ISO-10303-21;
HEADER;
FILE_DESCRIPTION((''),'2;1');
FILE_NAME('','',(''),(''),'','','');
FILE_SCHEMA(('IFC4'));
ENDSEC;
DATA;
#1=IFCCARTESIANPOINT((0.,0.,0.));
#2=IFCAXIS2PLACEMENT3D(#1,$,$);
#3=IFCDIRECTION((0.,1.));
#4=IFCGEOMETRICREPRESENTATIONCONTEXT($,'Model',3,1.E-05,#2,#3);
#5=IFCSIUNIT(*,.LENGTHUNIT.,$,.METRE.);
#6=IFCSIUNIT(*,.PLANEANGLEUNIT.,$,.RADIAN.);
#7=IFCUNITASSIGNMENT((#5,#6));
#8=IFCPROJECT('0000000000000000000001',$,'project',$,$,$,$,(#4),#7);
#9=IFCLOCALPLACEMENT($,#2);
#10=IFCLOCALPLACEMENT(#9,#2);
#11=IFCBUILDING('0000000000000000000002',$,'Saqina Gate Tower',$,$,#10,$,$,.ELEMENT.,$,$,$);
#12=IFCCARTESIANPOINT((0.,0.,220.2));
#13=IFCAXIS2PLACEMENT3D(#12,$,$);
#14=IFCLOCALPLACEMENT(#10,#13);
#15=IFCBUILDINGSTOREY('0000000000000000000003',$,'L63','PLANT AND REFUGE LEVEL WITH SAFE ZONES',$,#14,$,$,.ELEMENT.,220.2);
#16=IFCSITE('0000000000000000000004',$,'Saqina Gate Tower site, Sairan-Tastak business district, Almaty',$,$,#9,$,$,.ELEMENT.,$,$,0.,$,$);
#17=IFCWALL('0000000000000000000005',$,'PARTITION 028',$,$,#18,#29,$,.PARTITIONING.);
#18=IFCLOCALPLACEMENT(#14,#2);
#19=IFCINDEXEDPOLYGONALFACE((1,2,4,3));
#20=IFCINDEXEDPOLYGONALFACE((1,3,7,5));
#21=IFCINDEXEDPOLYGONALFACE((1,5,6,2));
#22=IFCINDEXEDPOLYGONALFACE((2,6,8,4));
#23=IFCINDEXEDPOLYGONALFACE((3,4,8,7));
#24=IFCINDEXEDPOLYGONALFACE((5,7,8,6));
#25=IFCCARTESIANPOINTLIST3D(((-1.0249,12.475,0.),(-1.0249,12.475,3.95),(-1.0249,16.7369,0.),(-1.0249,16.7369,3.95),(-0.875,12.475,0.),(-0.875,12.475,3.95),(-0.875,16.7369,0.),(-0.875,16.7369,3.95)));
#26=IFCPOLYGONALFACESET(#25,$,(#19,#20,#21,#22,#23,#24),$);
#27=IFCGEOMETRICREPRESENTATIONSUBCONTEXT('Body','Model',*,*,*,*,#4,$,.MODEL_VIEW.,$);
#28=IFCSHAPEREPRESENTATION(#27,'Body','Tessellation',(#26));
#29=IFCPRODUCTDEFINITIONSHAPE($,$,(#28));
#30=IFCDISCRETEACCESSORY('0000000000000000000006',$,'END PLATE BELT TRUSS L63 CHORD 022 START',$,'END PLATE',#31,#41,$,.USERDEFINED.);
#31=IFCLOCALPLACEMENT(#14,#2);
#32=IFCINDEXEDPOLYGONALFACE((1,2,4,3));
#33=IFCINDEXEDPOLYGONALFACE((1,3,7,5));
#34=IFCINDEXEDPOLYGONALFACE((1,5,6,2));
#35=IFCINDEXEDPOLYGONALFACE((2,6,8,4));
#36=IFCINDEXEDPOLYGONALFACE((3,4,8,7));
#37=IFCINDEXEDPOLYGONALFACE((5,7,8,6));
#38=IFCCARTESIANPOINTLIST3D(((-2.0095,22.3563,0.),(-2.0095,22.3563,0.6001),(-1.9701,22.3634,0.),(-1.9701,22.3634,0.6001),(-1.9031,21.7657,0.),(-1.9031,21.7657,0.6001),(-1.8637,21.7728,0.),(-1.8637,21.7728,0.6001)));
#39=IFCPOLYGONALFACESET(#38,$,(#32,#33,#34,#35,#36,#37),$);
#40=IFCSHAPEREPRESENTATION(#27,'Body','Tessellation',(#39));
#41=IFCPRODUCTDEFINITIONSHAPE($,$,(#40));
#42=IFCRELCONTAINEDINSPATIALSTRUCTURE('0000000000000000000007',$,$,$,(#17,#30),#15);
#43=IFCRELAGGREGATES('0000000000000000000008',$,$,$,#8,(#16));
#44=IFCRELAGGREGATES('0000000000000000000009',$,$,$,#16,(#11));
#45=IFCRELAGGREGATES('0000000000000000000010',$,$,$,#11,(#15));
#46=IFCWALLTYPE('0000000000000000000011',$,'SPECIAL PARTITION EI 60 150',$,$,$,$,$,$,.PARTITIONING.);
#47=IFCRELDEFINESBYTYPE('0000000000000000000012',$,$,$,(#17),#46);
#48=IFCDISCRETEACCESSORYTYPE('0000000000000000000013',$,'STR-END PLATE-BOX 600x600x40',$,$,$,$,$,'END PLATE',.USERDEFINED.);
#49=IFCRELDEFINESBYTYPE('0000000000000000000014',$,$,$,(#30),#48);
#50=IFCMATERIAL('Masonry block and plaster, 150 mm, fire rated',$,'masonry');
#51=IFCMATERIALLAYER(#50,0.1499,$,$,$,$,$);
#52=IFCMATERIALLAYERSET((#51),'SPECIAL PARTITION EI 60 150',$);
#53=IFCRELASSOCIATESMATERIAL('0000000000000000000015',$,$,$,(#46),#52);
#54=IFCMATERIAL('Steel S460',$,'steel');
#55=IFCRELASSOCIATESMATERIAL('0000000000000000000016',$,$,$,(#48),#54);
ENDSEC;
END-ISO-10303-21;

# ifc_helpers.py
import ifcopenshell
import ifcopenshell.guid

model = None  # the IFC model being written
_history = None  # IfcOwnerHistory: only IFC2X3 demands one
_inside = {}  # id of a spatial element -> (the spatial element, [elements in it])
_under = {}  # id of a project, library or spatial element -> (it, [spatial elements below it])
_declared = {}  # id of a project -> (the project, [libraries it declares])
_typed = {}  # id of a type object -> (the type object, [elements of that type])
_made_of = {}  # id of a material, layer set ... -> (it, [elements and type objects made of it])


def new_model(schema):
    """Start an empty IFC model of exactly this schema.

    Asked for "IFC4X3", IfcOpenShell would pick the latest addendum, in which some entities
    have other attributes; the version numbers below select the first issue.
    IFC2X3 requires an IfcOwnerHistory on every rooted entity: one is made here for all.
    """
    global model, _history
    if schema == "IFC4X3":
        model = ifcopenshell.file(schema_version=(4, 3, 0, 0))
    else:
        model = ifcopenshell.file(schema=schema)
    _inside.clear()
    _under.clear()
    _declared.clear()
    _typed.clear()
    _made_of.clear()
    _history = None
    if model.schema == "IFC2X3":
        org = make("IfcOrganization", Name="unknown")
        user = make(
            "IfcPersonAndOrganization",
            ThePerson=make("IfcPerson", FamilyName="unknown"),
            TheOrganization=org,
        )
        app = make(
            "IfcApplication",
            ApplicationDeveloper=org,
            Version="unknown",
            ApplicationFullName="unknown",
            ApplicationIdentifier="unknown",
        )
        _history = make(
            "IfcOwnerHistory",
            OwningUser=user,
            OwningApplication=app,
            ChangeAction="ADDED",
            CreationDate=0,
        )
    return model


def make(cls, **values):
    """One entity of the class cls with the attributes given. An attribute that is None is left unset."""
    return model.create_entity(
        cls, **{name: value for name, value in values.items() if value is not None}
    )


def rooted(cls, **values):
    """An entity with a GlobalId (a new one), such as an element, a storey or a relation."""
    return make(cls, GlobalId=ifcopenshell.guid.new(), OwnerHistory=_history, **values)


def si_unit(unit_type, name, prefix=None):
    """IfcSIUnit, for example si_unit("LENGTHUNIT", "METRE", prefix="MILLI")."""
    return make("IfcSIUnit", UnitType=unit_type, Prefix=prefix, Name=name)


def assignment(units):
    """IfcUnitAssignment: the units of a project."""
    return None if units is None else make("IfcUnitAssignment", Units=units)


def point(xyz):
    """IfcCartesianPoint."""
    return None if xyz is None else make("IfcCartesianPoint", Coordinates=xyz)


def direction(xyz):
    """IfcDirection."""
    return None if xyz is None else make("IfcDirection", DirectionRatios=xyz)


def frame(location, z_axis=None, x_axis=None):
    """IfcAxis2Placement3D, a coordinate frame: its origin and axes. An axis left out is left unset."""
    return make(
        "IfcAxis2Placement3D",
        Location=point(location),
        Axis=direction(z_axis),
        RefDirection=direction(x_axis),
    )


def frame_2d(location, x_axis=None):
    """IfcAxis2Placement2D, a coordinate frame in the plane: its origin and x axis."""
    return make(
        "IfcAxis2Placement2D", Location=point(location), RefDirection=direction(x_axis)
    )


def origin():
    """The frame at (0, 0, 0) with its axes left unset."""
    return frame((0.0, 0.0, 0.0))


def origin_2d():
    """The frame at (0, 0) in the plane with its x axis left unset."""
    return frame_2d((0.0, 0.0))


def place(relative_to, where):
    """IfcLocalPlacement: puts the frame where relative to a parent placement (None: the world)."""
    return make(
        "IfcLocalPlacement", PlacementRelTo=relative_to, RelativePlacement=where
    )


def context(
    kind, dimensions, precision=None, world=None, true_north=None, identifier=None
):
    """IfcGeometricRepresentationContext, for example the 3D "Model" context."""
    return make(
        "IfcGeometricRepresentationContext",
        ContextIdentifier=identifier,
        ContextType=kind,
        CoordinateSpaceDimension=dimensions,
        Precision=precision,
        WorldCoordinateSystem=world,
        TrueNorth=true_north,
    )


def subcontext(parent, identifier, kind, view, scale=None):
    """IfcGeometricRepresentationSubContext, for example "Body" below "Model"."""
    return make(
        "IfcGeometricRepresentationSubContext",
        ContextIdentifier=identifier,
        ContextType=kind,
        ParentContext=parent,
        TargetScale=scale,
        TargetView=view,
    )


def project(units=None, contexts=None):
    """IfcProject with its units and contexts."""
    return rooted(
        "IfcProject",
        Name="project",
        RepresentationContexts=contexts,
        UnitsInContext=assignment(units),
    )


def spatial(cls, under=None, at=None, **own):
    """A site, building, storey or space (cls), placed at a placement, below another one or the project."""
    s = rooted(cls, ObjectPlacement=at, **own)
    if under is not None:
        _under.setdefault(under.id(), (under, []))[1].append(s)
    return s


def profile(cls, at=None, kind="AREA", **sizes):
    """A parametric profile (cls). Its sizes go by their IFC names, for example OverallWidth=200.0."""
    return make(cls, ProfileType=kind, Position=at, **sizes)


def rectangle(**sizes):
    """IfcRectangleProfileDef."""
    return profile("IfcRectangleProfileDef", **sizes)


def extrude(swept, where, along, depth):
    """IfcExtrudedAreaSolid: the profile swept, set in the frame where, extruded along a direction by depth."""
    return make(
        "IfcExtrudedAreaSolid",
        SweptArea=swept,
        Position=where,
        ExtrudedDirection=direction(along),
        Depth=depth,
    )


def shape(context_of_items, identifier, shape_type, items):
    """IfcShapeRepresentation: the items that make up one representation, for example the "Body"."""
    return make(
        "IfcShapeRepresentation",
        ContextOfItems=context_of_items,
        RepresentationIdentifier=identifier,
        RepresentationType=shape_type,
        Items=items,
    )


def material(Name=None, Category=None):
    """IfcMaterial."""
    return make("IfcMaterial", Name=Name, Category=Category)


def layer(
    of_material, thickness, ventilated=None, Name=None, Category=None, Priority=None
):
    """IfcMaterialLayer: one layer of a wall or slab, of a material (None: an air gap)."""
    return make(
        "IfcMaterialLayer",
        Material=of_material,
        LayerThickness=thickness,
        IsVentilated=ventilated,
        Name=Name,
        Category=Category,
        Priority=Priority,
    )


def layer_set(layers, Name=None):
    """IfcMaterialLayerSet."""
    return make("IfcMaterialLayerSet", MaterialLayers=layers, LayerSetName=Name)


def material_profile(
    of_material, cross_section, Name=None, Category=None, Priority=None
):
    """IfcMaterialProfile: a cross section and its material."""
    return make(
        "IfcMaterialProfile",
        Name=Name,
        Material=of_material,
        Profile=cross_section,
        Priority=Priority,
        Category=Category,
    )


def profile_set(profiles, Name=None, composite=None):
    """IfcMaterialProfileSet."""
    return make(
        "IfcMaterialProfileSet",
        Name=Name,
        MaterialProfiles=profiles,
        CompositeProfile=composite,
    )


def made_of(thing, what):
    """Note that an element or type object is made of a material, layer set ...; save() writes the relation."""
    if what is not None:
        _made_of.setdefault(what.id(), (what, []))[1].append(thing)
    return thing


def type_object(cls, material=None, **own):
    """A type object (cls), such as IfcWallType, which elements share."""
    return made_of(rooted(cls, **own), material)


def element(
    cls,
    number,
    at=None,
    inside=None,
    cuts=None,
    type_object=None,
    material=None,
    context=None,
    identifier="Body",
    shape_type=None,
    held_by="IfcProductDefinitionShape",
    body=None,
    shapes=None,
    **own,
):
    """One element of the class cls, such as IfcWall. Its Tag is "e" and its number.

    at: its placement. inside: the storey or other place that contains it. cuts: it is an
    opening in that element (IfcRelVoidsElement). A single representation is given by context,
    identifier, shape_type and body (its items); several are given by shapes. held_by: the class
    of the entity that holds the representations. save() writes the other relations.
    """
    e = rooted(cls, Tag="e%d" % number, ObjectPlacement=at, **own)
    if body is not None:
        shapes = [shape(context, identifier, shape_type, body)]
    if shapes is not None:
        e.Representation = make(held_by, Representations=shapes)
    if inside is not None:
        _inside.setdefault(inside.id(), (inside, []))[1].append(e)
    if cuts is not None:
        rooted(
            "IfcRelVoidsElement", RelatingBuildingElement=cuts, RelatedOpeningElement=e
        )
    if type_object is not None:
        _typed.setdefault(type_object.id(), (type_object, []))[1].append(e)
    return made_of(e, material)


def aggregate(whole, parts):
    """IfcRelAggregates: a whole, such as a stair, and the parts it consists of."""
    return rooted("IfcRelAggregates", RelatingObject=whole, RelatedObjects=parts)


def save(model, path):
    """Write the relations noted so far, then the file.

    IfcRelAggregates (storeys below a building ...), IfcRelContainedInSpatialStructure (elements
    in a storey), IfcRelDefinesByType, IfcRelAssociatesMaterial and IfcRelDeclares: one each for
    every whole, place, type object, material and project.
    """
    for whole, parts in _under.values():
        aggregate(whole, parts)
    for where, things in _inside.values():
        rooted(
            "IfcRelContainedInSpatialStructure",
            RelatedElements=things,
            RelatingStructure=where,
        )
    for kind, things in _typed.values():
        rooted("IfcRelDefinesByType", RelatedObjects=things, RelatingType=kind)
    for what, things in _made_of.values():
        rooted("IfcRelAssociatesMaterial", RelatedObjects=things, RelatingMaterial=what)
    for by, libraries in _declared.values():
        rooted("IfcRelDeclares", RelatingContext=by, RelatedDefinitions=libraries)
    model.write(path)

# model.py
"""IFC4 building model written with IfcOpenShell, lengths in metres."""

from ifc_helpers import new_model, si_unit, direction, frame, frame_2d, origin, origin_2d, place, context, subcontext, project, spatial, rectangle, extrude, material, layer, layer_set, material_profile, profile_set, type_object, element, save


model = new_model("IFC4")

# Units and contexts
model_context = context("Model", 3, precision=1e-05, world=origin(), true_north=direction((0.0, 1.0)))
body_context = subcontext(model_context, "Body", "Model", "MODEL_VIEW")
ifc_project = project(units=[si_unit("LENGTHUNIT", "METRE"), si_unit("PLANEANGLEUNIT", "RADIAN")], contexts=[model_context])

# Site, building, storey
site_placement = place(None, origin())
site = spatial("IfcSite", under=ifc_project, at=site_placement, Name="Saqina Gate Tower site, Sairan-Tastak business district, Almaty", CompositionType="ELEMENT", RefElevation=0.0)
building_placement = place(site_placement, origin())
building = spatial("IfcBuilding", under=site, at=building_placement, Name="Saqina Gate Tower", CompositionType="ELEMENT")
storey_placement = place(building_placement, frame((0.0, 0.0, 220.2)))
storey = spatial("IfcBuildingStorey", under=building, at=storey_placement, Name="L63", Description="PLANT AND REFUGE LEVEL WITH SAFE ZONES", CompositionType="ELEMENT", Elevation=220.2)

# Shared definitions
ifc_material_1 = material(Name="Masonry block and plaster, 150 mm, fire rated", Category="masonry")
ifc_layer_1 = layer(ifc_material_1, 0.1499)
ifc_layer_set_1 = layer_set([ifc_layer_1], Name="SPECIAL PARTITION EI 60 150")
wall_type_1 = type_object("IfcWallType", Name="SPECIAL PARTITION EI 60 150", PredefinedType="PARTITIONING", material=ifc_layer_set_1)

# Wall
wall_1_placement = place(storey_placement, frame((-0.95, 12.4751, 0.0), z_axis=(0.0, 0.0, 1.0), x_axis=(0.0, 1.0, 0.0)))
element("IfcWall", 1, at=wall_1_placement, inside=storey, type_object=wall_type_1, Name="PARTITION 028", PredefinedType="PARTITIONING", context=body_context, shape_type="SweptSolid", body=[
    extrude(rectangle(XDim=4.262, YDim=0.1499, at=frame_2d((2.1309, 0.0))), origin(), (0.0, 0.0, 1.0), 3.95),
])

# Discrete accessory
ifc_material_2 = material(Name="Steel S460", Category="steel")
ifc_material_profile_1 = material_profile(ifc_material_2, rectangle(XDim=0.6001, YDim=0.6001, at=origin_2d()), Name="STR-END PLATE-BOX 600x600x40")
ifc_profile_set_1 = profile_set([ifc_material_profile_1], Name="Steel S460")
discrete_accessory_type = type_object("IfcDiscreteAccessoryType", Name="STR-END PLATE-BOX 600x600x40", ElementType="END PLATE", PredefinedType="USERDEFINED", material=ifc_profile_set_1)
discrete_accessory_placement = place(storey_placement, frame((-1.9563, 22.061, 0.3), z_axis=(0.984162, 0.177271, 0.0), x_axis=(0.177271, -0.984162, 0.0)))
element("IfcDiscreteAccessory", 2, at=discrete_accessory_placement, inside=storey, type_object=discrete_accessory_type, Name="END PLATE BELT TRUSS L63 CHORD 022 START", ObjectType="END PLATE", PredefinedType="USERDEFINED", context=body_context, shape_type="SweptSolid", body=[
    extrude(rectangle(XDim=0.6001, YDim=0.6001, at=origin_2d()), origin(), (0.0, 0.0, 1.0), 0.04),
])

save(model, "model.ifc")
